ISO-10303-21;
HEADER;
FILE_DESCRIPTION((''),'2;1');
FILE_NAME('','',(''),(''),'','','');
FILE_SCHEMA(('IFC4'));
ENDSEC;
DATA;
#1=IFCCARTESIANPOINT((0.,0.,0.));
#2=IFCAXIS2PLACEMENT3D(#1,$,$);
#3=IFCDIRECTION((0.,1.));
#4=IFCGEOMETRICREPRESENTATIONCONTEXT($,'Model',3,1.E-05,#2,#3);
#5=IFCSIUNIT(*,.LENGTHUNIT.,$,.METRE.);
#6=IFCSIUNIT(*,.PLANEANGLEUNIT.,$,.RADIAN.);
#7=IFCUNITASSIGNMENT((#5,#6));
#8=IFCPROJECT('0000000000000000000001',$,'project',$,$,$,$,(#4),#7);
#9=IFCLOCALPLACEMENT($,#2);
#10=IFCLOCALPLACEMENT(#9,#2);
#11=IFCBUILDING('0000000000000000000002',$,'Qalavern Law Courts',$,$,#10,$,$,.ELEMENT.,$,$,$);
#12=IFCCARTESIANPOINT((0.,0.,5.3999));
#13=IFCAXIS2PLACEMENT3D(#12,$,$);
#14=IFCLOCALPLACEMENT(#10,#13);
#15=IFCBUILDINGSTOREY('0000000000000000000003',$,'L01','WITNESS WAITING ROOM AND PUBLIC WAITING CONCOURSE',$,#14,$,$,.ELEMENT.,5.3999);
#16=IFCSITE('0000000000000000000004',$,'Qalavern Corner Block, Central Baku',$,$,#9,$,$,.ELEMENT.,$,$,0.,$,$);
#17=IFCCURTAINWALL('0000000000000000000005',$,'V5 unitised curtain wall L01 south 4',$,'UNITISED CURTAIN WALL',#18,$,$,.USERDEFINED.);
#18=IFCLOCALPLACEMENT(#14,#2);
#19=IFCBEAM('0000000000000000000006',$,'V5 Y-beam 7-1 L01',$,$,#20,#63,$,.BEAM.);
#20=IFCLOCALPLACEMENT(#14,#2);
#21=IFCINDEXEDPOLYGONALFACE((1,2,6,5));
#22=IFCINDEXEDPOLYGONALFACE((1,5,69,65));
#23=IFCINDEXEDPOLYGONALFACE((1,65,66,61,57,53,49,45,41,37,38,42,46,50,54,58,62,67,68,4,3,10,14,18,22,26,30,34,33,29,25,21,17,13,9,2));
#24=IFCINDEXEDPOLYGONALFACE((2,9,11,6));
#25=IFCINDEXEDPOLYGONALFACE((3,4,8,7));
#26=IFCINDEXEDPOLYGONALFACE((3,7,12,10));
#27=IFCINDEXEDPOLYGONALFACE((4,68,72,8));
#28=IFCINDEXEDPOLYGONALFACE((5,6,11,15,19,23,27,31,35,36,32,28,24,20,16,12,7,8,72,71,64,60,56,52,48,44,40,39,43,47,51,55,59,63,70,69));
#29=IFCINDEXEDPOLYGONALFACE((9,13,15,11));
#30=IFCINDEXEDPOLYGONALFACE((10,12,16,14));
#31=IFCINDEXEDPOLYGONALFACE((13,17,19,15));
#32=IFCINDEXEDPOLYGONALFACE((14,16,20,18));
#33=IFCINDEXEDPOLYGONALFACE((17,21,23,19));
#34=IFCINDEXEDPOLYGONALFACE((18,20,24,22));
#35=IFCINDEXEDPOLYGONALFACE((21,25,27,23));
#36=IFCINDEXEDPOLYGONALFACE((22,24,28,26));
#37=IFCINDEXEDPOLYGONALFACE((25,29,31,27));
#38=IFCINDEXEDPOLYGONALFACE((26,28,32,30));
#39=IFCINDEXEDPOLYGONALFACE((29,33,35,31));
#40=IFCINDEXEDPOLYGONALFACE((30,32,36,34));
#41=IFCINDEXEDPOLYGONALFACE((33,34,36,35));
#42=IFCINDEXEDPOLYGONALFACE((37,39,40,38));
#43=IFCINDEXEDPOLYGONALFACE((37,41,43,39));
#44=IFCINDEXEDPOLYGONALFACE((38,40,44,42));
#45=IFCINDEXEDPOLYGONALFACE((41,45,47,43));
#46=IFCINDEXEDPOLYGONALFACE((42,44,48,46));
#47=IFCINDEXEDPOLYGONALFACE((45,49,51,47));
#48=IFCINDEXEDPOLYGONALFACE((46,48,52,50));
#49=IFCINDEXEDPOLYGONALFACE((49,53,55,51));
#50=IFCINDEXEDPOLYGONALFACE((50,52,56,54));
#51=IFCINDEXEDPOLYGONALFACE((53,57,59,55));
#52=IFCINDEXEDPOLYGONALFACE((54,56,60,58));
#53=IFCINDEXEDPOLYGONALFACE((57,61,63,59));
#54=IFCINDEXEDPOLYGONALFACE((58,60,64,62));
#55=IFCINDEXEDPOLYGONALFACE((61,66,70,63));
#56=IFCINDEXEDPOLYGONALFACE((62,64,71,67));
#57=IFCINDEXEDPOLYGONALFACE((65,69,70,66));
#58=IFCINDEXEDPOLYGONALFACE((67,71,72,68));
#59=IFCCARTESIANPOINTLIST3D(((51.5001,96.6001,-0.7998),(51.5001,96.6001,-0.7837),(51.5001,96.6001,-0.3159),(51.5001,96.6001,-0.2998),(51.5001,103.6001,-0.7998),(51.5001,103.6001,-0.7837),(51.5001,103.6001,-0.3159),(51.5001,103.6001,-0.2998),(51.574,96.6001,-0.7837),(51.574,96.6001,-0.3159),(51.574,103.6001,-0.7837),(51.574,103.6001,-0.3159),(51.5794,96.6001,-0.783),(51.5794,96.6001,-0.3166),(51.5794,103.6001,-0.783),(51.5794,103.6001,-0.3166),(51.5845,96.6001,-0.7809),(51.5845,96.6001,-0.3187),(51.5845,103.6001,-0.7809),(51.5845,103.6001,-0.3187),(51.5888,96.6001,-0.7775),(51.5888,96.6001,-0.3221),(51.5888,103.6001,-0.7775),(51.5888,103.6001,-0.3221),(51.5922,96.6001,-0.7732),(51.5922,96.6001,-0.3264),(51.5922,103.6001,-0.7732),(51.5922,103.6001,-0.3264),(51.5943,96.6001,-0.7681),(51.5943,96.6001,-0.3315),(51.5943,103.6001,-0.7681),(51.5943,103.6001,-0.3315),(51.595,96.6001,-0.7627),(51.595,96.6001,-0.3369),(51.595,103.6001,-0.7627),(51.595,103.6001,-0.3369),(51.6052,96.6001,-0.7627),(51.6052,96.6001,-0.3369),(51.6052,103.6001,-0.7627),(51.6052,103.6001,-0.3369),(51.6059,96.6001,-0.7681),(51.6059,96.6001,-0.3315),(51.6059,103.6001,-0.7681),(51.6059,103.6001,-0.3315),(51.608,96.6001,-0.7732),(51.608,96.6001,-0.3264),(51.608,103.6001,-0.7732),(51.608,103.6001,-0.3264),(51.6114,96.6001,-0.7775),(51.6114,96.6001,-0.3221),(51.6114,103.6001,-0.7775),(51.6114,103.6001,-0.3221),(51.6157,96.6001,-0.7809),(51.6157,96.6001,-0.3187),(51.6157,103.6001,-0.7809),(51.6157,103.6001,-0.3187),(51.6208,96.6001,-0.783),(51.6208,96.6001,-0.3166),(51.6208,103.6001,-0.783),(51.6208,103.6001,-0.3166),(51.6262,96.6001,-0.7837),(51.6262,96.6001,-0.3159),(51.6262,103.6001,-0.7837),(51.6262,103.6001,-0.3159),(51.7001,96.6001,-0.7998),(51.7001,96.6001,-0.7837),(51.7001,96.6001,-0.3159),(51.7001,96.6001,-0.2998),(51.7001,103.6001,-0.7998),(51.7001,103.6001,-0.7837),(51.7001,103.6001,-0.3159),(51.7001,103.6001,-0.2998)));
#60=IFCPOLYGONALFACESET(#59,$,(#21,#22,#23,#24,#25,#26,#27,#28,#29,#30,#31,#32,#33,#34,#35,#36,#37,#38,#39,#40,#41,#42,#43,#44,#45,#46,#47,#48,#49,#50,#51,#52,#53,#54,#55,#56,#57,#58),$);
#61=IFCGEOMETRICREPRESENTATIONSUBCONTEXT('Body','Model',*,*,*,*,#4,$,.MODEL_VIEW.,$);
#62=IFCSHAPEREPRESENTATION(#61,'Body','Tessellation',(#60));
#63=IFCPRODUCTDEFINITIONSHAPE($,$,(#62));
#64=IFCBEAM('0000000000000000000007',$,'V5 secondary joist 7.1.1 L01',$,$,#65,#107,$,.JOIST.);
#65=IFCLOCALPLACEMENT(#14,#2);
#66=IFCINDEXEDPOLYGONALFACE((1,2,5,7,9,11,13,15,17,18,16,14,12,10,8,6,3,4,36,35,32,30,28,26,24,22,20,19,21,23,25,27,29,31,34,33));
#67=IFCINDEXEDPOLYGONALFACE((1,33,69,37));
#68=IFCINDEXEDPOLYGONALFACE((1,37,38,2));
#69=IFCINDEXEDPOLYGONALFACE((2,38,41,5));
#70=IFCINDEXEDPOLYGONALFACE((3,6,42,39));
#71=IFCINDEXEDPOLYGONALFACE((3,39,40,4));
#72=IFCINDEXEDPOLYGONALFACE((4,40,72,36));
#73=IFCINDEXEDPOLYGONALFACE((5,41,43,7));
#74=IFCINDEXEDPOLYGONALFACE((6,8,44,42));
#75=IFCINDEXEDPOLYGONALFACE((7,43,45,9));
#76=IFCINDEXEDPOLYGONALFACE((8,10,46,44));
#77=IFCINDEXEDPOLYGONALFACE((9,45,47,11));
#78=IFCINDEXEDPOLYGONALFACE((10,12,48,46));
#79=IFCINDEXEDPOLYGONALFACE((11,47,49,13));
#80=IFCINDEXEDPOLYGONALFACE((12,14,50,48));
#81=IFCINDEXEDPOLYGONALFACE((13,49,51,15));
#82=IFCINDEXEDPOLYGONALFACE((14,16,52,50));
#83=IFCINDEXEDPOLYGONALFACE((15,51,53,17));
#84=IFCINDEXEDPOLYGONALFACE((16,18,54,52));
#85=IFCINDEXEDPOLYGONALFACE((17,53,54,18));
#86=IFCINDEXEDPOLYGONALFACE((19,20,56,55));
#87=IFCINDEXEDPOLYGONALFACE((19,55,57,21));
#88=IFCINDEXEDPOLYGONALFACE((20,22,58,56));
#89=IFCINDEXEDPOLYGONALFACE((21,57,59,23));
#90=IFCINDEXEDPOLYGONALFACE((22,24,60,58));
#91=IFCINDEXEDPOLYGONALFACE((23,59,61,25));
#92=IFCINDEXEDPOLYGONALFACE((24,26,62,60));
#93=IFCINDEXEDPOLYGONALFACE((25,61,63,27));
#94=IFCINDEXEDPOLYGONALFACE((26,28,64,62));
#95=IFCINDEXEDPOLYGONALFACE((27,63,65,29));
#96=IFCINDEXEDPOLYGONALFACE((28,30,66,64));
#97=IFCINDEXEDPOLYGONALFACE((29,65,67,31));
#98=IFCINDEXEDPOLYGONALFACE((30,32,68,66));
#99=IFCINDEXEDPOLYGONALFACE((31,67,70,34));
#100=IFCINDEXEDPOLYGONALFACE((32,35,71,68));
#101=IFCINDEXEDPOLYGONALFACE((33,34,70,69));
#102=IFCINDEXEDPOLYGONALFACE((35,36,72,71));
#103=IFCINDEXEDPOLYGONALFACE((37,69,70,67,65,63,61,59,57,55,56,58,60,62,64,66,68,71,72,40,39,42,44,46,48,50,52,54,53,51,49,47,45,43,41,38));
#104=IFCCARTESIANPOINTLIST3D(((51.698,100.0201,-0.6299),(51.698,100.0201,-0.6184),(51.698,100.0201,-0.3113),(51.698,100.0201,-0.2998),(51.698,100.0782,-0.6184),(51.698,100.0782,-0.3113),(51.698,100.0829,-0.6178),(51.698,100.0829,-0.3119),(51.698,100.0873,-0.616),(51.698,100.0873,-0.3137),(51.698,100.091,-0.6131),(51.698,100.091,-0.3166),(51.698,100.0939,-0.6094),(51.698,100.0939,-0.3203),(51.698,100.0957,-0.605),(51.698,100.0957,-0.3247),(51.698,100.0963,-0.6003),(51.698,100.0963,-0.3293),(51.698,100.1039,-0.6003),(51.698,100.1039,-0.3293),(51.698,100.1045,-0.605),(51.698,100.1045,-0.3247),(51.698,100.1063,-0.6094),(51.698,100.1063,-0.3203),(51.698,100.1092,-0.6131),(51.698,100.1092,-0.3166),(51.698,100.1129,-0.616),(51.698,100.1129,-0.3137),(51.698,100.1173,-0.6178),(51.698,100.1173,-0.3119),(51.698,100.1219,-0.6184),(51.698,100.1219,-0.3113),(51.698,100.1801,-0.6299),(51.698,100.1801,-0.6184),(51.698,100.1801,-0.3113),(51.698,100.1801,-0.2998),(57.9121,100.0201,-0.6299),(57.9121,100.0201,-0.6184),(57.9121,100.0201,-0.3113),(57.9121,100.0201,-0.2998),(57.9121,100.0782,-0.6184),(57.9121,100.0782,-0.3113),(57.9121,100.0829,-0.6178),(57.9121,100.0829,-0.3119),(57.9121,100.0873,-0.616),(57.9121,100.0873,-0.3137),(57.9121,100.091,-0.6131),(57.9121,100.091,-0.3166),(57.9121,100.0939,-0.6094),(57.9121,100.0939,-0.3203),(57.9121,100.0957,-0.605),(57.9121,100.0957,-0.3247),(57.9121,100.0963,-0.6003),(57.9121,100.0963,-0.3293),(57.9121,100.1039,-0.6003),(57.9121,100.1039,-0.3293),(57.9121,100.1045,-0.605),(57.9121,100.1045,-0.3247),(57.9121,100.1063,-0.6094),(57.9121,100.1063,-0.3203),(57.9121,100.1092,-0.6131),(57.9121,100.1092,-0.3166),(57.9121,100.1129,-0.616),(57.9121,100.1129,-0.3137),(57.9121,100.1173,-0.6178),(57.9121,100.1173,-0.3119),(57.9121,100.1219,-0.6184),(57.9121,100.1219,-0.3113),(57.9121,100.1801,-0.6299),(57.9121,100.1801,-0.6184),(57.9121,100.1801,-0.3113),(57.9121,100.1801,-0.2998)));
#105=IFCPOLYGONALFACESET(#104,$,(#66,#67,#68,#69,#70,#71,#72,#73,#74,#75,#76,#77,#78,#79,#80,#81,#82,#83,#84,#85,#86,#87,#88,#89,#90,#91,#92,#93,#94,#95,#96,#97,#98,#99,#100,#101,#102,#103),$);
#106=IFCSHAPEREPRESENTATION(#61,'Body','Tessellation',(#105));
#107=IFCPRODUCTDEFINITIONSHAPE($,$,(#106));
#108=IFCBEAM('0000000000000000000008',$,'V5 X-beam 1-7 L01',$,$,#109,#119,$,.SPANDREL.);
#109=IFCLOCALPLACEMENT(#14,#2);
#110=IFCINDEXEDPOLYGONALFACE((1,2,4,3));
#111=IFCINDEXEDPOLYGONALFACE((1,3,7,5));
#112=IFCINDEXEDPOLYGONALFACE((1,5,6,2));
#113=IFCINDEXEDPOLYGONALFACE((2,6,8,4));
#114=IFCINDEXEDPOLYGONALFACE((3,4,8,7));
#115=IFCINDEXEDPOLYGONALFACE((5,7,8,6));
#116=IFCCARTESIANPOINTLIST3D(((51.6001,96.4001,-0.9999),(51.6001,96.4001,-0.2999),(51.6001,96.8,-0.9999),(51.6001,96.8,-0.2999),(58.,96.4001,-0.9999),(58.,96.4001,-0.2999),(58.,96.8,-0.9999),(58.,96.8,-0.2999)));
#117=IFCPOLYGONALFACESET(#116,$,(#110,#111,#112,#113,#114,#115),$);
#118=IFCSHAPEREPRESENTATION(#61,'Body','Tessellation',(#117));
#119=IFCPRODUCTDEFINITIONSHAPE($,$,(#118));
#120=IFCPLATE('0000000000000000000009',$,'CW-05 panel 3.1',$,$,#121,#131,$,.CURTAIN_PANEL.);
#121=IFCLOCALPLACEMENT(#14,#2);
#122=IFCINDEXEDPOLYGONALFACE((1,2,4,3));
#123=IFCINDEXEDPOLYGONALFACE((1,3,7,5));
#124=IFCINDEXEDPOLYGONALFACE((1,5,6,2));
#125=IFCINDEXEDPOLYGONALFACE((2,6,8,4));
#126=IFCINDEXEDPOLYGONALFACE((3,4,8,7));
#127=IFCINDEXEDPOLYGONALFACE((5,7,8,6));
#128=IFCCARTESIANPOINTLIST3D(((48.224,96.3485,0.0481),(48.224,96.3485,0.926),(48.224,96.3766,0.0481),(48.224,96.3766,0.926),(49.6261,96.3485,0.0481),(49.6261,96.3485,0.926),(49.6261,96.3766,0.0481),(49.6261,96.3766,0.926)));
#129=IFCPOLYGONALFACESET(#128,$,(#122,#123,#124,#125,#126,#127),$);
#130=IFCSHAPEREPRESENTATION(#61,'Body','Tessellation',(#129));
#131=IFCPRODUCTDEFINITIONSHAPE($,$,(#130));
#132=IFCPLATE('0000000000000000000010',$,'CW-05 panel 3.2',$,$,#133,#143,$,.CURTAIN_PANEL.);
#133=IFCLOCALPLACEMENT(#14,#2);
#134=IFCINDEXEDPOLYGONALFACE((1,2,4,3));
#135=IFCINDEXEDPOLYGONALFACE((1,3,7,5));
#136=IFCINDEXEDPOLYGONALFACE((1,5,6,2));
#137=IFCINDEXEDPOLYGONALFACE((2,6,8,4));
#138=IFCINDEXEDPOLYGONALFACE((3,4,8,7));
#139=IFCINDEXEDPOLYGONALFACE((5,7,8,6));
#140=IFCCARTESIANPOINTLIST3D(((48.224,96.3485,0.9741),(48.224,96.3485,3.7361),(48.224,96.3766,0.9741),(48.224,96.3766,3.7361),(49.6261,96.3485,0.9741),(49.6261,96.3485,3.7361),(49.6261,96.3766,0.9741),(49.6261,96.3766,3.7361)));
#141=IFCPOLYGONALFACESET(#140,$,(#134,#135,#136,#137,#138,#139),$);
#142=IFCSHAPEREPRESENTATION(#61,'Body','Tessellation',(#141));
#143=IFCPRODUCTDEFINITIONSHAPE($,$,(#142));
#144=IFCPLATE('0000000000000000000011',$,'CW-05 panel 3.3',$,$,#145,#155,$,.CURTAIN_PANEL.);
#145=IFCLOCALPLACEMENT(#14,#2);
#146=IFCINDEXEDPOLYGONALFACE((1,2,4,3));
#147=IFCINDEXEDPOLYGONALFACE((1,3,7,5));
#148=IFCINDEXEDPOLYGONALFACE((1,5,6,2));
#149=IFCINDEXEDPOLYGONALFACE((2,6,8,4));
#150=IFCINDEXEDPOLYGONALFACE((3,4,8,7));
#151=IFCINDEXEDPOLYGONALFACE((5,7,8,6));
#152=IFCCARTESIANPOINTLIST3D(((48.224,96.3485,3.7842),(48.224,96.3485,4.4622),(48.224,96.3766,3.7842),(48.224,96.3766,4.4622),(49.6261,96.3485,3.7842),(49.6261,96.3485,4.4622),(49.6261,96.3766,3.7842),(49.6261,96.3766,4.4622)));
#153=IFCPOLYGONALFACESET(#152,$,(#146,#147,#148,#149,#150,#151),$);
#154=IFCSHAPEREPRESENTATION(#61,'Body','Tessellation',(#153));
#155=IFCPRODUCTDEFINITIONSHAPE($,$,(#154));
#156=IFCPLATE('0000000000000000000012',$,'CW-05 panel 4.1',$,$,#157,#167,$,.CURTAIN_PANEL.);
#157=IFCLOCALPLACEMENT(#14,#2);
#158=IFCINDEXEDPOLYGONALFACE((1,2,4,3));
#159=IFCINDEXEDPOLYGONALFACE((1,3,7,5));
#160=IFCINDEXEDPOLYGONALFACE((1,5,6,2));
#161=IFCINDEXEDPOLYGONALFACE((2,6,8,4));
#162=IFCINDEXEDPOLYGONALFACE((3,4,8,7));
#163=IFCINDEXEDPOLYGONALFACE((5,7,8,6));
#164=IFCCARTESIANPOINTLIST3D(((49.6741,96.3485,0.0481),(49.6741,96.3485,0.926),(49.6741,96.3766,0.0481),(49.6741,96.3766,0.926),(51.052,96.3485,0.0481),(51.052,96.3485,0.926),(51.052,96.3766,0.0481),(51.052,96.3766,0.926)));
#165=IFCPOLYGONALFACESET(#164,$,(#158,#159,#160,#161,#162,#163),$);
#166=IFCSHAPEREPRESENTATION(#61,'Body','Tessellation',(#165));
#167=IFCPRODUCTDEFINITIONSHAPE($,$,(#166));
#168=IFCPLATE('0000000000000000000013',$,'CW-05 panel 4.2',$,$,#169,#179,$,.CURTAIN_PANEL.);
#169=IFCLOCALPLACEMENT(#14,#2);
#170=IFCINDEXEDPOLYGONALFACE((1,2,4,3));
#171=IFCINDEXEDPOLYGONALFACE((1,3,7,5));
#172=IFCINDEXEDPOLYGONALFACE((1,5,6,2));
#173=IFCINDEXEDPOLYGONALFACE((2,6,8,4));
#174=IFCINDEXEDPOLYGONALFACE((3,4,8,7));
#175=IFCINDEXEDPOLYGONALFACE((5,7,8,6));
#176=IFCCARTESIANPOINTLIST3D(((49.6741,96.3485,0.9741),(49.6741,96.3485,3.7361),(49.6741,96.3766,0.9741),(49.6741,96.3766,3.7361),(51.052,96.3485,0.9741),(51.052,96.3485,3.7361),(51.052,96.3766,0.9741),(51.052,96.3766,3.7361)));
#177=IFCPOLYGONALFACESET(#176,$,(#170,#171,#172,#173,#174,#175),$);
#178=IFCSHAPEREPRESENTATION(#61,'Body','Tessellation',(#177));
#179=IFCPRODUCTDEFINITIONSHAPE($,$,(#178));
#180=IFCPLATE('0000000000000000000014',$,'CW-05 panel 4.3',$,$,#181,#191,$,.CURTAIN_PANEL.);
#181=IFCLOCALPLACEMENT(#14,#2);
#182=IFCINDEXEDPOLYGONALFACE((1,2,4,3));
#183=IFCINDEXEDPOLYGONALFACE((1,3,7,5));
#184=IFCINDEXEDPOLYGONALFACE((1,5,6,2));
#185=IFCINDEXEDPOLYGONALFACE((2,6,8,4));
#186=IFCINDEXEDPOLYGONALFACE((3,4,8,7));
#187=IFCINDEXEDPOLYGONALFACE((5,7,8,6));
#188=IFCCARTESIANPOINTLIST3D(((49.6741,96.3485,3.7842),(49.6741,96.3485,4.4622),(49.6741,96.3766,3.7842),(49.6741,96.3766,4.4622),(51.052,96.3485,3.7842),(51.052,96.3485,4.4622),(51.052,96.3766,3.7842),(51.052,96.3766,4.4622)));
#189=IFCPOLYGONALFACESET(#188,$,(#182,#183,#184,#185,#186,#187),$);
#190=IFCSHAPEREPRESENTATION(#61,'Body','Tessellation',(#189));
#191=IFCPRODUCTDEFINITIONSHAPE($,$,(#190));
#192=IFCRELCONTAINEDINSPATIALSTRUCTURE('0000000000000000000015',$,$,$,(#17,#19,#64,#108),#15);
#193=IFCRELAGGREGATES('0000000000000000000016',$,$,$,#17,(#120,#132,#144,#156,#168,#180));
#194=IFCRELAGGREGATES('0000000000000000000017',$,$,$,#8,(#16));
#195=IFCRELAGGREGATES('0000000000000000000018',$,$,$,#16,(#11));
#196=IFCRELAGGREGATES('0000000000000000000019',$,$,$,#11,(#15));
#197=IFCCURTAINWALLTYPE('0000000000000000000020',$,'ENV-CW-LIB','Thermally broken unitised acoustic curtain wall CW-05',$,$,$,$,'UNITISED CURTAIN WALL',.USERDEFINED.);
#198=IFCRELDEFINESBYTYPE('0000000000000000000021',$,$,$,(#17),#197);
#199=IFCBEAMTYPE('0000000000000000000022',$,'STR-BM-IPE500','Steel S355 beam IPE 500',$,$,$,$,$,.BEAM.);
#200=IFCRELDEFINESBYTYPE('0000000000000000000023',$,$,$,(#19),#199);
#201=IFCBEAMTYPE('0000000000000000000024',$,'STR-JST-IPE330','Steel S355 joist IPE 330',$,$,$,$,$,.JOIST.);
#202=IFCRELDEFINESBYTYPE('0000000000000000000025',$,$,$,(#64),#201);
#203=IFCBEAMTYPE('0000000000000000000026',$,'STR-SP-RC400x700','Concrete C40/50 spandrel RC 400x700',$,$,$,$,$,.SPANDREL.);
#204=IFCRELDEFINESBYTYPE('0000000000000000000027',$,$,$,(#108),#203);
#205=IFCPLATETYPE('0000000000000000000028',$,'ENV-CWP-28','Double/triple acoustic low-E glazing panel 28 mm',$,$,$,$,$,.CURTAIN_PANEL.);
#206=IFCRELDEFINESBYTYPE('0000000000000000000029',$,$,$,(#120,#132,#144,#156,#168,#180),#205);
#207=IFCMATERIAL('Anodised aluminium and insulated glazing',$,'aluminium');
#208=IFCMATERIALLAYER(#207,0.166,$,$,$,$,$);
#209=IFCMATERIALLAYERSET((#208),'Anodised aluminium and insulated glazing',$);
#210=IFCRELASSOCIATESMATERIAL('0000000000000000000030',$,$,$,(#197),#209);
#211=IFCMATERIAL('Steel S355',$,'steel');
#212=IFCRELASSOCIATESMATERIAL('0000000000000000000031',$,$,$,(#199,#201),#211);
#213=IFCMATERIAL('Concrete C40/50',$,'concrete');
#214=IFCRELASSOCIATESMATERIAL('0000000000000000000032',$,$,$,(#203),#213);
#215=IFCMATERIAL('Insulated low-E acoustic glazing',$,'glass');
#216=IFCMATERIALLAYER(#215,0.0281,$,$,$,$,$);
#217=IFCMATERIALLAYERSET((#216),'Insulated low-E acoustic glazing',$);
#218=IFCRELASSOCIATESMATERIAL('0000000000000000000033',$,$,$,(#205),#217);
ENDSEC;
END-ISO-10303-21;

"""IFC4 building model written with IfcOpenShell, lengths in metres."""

from ifc_helpers import new_model, si_unit, direction, frame, origin, origin_2d, place, context, subcontext, project, spatial, rectangle, i_section, extrude, material, layer, layer_set, material_profile, profile_set, type_object, element, aggregate, save


model = new_model("IFC4")

# Units and contexts
model_context = context("Model", 3, precision=1e-05, world=origin(), true_north=direction((0.0, 1.0)))
body_context = subcontext(model_context, "Body", "Model", "MODEL_VIEW")
ifc_project = project(units=[si_unit("LENGTHUNIT", "METRE"), si_unit("PLANEANGLEUNIT", "RADIAN")], contexts=[model_context])

# Site, building, storey
site_placement = place(None, origin())
site = spatial("IfcSite", under=ifc_project, at=site_placement, Name="Qalavern Corner Block, Central Baku", CompositionType="ELEMENT", RefElevation=0.0)
building_placement = place(site_placement, origin())
building = spatial("IfcBuilding", under=site, at=building_placement, Name="Qalavern Law Courts", CompositionType="ELEMENT")
storey_placement = place(building_placement, frame((0.0, 0.0, 5.3999)))
storey = spatial("IfcBuildingStorey", under=building, at=storey_placement, Name="L01", Description="WITNESS WAITING ROOM AND PUBLIC WAITING CONCOURSE", CompositionType="ELEMENT", Elevation=5.3999)

# Curtain wall
ifc_material_1 = material(Name="Anodised aluminium and insulated glazing", Category="aluminium")
ifc_layer_1 = layer(ifc_material_1, 0.166)
ifc_layer_set_1 = layer_set([ifc_layer_1], Name="Anodised aluminium and insulated glazing")
curtain_wall_type = type_object("IfcCurtainWallType", Name="ENV-CW-LIB", Description="Thermally broken unitised acoustic curtain wall CW-05", ElementType="UNITISED CURTAIN WALL", PredefinedType="USERDEFINED", material=ifc_layer_set_1)
curtain_wall_1_placement = place(storey_placement, origin())
curtain_wall_1 = element("IfcCurtainWall", 1, at=curtain_wall_1_placement, inside=storey, type_object=curtain_wall_type, Name="V5 unitised curtain wall L01 south 4", ObjectType="UNITISED CURTAIN WALL", PredefinedType="USERDEFINED")

# Beams
ifc_material_2 = material(Name="Steel S355", Category="steel")
ifc_material_profile_1 = material_profile(ifc_material_2, i_section(OverallWidth=0.2, OverallDepth=0.5, WebThickness=0.0103, FlangeThickness=0.0161, FilletRadius=0.021, at=origin_2d()), Name="IPE 500")
ifc_profile_set_1 = profile_set([ifc_material_profile_1], Name="Steel S355")
beam_type_1 = type_object("IfcBeamType", Name="STR-BM-IPE500", Description="Steel S355 beam IPE 500", PredefinedType="BEAM", material=ifc_profile_set_1)
beam_1_placement = place(storey_placement, frame((51.6001, 96.6001, -0.5498), z_axis=(0.0, 1.0, 0.0), x_axis=(-1.0, 0.0, 0.0)))
element("IfcBeam", 2, at=beam_1_placement, inside=storey, type_object=beam_type_1, Name="V5 Y-beam 7-1 L01", PredefinedType="BEAM", context=body_context, shape_type="SweptSolid", body=[
    extrude(i_section(OverallWidth=0.2, OverallDepth=0.5, WebThickness=0.0103, FlangeThickness=0.0161, FilletRadius=0.021, at=origin_2d()), origin(), (0.0, 0.0, 1.0), 7.0),
])
ifc_material_profile_2 = material_profile(ifc_material_2, i_section(OverallWidth=0.1599, OverallDepth=0.3301, WebThickness=0.0076, FlangeThickness=0.0115, FilletRadius=0.0181, at=origin_2d()), Name="IPE 330")
ifc_profile_set_2 = profile_set([ifc_material_profile_2], Name="Steel S355")
beam_type_2 = type_object("IfcBeamType", Name="STR-JST-IPE330", Description="Steel S355 joist IPE 330", PredefinedType="JOIST", material=ifc_profile_set_2)
beam_2_placement = place(storey_placement, frame((51.698, 100.1001, -0.4648), z_axis=(1.0, 0.0, 0.0), x_axis=(0.0, 1.0, 0.0)))
element("IfcBeam", 3, at=beam_2_placement, inside=storey, type_object=beam_type_2, Name="V5 secondary joist 7.1.1 L01", PredefinedType="JOIST", context=body_context, shape_type="SweptSolid", body=[
    extrude(i_section(OverallWidth=0.1599, OverallDepth=0.3301, WebThickness=0.0076, FlangeThickness=0.0115, FilletRadius=0.0181, at=origin_2d()), origin(), (0.0, 0.0, 1.0), 6.2141),
])
ifc_material_3 = material(Name="Concrete C40/50", Category="concrete")
ifc_material_profile_3 = material_profile(ifc_material_3, rectangle(XDim=0.3999, YDim=0.7, at=origin_2d()), Name="RC 400x700")
ifc_profile_set_3 = profile_set([ifc_material_profile_3], Name="Concrete C40/50")
beam_type_3 = type_object("IfcBeamType", Name="STR-SP-RC400x700", Description="Concrete C40/50 spandrel RC 400x700", PredefinedType="SPANDREL", material=ifc_profile_set_3)
beam_3_placement = place(storey_placement, frame((51.6001, 96.6001, -0.6499), z_axis=(1.0, 0.0, 0.0), x_axis=(0.0, 1.0, 0.0)))
element("IfcBeam", 4, at=beam_3_placement, inside=storey, type_object=beam_type_3, Name="V5 X-beam 1-7 L01", PredefinedType="SPANDREL", context=body_context, shape_type="SweptSolid", body=[
    extrude(rectangle(XDim=0.3999, YDim=0.7, at=origin_2d()), origin(), (0.0, 0.0, 1.0), 6.3999),
])

# Plates
ifc_material_4 = material(Name="Insulated low-E acoustic glazing", Category="glass")
ifc_layer_2 = layer(ifc_material_4, 0.0281)
ifc_layer_set_2 = layer_set([ifc_layer_2], Name="Insulated low-E acoustic glazing")
plate_type = type_object("IfcPlateType", Name="ENV-CWP-28", Description="Double/triple acoustic low-E glazing panel 28 mm", PredefinedType="CURTAIN_PANEL", material=ifc_layer_set_2)
plate_1_placement = place(storey_placement, frame((48.925, 96.3625, 0.0481), z_axis=(0.0, 0.0, 1.0), x_axis=(1.0, 0.0, 0.0)))
plate_1 = element("IfcPlate", 5, at=plate_1_placement, type_object=plate_type, Name="CW-05 panel 3.1", PredefinedType="CURTAIN_PANEL", context=body_context, shape_type="SweptSolid", body=[
    extrude(rectangle(XDim=1.4021, YDim=0.0281, at=origin_2d()), origin(), (0.0, 0.0, 1.0), 0.8779),
])
plate_2_placement = place(storey_placement, frame((48.925, 96.3625, 0.9741), z_axis=(0.0, 0.0, 1.0), x_axis=(1.0, 0.0, 0.0)))
plate_2 = element("IfcPlate", 6, at=plate_2_placement, type_object=plate_type, Name="CW-05 panel 3.2", PredefinedType="CURTAIN_PANEL", context=body_context, shape_type="SweptSolid", body=[
    extrude(rectangle(XDim=1.4021, YDim=0.0281, at=origin_2d()), origin(), (0.0, 0.0, 1.0), 2.762),
])
plate_3_placement = place(storey_placement, frame((48.925, 96.3625, 3.7842), z_axis=(0.0, 0.0, 1.0), x_axis=(1.0, 0.0, 0.0)))
plate_3 = element("IfcPlate", 7, at=plate_3_placement, type_object=plate_type, Name="CW-05 panel 3.3", PredefinedType="CURTAIN_PANEL", context=body_context, shape_type="SweptSolid", body=[
    extrude(rectangle(XDim=1.4021, YDim=0.0281, at=origin_2d()), origin(), (0.0, 0.0, 1.0), 0.678),
])
plate_4_placement = place(storey_placement, frame((50.363, 96.3625, 0.0481), z_axis=(0.0, 0.0, 1.0), x_axis=(1.0, 0.0, 0.0)))
plate_4 = element("IfcPlate", 8, at=plate_4_placement, type_object=plate_type, Name="CW-05 panel 4.1", PredefinedType="CURTAIN_PANEL", context=body_context, shape_type="SweptSolid", body=[
    extrude(rectangle(XDim=1.3779, YDim=0.0281, at=origin_2d()), origin(), (0.0, 0.0, 1.0), 0.8779),
])
plate_5_placement = place(storey_placement, frame((50.363, 96.3625, 0.9741), z_axis=(0.0, 0.0, 1.0), x_axis=(1.0, 0.0, 0.0)))
plate_5 = element("IfcPlate", 9, at=plate_5_placement, type_object=plate_type, Name="CW-05 panel 4.2", PredefinedType="CURTAIN_PANEL", context=body_context, shape_type="SweptSolid", body=[
    extrude(rectangle(XDim=1.3779, YDim=0.0281, at=origin_2d()), origin(), (0.0, 0.0, 1.0), 2.762),
])
plate_6_placement = place(storey_placement, frame((50.363, 96.3625, 3.7842), z_axis=(0.0, 0.0, 1.0), x_axis=(1.0, 0.0, 0.0)))
plate_6 = element("IfcPlate", 10, at=plate_6_placement, type_object=plate_type, Name="CW-05 panel 4.3", PredefinedType="CURTAIN_PANEL", context=body_context, shape_type="SweptSolid", body=[
    extrude(rectangle(XDim=1.3779, YDim=0.0281, at=origin_2d()), origin(), (0.0, 0.0, 1.0), 0.678),
])
aggregate(curtain_wall_1, [plate_1, plate_2, plate_3, plate_4, plate_5, plate_6])

save(model, "model.ifc")
